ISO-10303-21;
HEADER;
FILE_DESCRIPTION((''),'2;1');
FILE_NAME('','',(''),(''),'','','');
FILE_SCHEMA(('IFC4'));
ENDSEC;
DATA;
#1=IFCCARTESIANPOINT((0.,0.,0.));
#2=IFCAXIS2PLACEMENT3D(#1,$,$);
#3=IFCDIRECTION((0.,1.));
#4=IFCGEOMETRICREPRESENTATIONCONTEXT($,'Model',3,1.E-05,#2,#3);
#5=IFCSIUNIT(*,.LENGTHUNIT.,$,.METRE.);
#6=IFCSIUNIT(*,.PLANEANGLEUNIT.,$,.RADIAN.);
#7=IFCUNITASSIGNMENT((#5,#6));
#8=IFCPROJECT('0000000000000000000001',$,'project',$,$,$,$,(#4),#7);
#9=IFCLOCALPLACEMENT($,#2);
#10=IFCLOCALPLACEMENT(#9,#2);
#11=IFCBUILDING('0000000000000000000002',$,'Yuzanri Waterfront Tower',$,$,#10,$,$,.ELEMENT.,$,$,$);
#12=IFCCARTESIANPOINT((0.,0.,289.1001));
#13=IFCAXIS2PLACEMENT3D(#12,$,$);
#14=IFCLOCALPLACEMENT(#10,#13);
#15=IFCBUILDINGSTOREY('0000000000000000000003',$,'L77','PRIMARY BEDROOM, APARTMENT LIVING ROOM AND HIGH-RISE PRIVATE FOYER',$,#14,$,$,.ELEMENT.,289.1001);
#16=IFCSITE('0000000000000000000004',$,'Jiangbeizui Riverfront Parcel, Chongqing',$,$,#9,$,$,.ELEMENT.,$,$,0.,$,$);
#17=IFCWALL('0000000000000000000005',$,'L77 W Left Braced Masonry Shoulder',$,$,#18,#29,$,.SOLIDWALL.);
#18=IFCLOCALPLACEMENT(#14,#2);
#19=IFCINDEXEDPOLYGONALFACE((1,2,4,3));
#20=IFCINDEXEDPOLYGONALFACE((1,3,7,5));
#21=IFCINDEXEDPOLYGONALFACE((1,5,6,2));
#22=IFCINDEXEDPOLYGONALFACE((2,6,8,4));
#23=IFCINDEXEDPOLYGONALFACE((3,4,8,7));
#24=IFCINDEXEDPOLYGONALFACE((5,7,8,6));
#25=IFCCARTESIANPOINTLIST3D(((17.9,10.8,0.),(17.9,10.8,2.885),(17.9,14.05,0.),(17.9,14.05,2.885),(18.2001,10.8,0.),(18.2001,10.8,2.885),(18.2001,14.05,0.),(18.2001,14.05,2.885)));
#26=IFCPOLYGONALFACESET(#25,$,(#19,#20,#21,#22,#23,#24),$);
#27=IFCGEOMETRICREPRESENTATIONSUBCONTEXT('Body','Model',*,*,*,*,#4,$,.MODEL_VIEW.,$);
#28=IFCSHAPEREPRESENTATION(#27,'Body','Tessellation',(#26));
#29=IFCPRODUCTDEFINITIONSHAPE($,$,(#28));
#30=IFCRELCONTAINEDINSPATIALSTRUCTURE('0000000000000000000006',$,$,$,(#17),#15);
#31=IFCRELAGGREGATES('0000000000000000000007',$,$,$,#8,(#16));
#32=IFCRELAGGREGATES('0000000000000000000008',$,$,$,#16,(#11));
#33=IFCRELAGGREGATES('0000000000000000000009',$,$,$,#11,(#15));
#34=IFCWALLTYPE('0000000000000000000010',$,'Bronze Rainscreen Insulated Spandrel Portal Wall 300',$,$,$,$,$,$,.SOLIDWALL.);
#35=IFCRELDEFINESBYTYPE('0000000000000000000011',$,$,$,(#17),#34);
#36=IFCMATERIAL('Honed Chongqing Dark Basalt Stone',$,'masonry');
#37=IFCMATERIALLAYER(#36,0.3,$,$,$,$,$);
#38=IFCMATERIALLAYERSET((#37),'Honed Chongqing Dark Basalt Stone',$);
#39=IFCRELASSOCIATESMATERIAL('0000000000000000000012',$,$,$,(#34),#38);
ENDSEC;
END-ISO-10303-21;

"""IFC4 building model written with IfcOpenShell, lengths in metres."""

from ifc_helpers import new_model, si_unit, direction, frame, frame_2d, origin, place, context, subcontext, project, spatial, rectangle, extrude, source, transform, mapped, material, layer, layer_set, type_object, element, save


model = new_model("IFC4")

# Units and contexts
model_context = context("Model", 3, precision=1e-05, world=origin(), true_north=direction((0.0, 1.0)))
body_context = subcontext(model_context, "Body", "Model", "MODEL_VIEW")
ifc_project = project(units=[si_unit("LENGTHUNIT", "METRE"), si_unit("PLANEANGLEUNIT", "RADIAN")], contexts=[model_context])

# Site, building, storey
site_placement = place(None, origin())
site = spatial("IfcSite", under=ifc_project, at=site_placement, Name="Jiangbeizui Riverfront Parcel, Chongqing", CompositionType="ELEMENT", RefElevation=0.0)
building_placement = place(site_placement, origin())
building = spatial("IfcBuilding", under=site, at=building_placement, Name="Yuzanri Waterfront Tower", CompositionType="ELEMENT")
storey_placement = place(building_placement, frame((0.0, 0.0, 289.1001)))
storey = spatial("IfcBuildingStorey", under=building, at=storey_placement, Name="L77", Description="PRIMARY BEDROOM, APARTMENT LIVING ROOM AND HIGH-RISE PRIVATE FOYER", CompositionType="ELEMENT", Elevation=289.1001)

# Wall
ifc_material_1 = material(Name="Honed Chongqing Dark Basalt Stone", Category="masonry")
ifc_layer_1 = layer(ifc_material_1, 0.3)
ifc_layer_set_1 = layer_set([ifc_layer_1], Name="Honed Chongqing Dark Basalt Stone")
wall_type = type_object("IfcWallType", Name="Bronze Rainscreen Insulated Spandrel Portal Wall 300", PredefinedType="SOLIDWALL", material=ifc_layer_set_1)
shared_shape_1 = source(origin(), body_context, "Body", "SweptSolid", [
    extrude(rectangle(XDim=3.25, YDim=0.3, at=frame_2d((1.625, 0.0))), origin(), (0.0, 0.0, 1.0), 2.885),
])
wall_1_placement = place(storey_placement, frame((18.05, 10.8, 0.0), z_axis=(0.0, 0.0, 1.0), x_axis=(0.0, 1.0, 0.0)))
element("IfcWall", 1, at=wall_1_placement, inside=storey, type_object=wall_type, Name="L77 W Left Braced Masonry Shoulder", PredefinedType="SOLIDWALL", context=body_context, shape_type="MappedRepresentation", body=[
    mapped(shared_shape_1, transform((0.0, 0.0, 0.0), scale=1.0)),
])

save(model, "model.ifc")
